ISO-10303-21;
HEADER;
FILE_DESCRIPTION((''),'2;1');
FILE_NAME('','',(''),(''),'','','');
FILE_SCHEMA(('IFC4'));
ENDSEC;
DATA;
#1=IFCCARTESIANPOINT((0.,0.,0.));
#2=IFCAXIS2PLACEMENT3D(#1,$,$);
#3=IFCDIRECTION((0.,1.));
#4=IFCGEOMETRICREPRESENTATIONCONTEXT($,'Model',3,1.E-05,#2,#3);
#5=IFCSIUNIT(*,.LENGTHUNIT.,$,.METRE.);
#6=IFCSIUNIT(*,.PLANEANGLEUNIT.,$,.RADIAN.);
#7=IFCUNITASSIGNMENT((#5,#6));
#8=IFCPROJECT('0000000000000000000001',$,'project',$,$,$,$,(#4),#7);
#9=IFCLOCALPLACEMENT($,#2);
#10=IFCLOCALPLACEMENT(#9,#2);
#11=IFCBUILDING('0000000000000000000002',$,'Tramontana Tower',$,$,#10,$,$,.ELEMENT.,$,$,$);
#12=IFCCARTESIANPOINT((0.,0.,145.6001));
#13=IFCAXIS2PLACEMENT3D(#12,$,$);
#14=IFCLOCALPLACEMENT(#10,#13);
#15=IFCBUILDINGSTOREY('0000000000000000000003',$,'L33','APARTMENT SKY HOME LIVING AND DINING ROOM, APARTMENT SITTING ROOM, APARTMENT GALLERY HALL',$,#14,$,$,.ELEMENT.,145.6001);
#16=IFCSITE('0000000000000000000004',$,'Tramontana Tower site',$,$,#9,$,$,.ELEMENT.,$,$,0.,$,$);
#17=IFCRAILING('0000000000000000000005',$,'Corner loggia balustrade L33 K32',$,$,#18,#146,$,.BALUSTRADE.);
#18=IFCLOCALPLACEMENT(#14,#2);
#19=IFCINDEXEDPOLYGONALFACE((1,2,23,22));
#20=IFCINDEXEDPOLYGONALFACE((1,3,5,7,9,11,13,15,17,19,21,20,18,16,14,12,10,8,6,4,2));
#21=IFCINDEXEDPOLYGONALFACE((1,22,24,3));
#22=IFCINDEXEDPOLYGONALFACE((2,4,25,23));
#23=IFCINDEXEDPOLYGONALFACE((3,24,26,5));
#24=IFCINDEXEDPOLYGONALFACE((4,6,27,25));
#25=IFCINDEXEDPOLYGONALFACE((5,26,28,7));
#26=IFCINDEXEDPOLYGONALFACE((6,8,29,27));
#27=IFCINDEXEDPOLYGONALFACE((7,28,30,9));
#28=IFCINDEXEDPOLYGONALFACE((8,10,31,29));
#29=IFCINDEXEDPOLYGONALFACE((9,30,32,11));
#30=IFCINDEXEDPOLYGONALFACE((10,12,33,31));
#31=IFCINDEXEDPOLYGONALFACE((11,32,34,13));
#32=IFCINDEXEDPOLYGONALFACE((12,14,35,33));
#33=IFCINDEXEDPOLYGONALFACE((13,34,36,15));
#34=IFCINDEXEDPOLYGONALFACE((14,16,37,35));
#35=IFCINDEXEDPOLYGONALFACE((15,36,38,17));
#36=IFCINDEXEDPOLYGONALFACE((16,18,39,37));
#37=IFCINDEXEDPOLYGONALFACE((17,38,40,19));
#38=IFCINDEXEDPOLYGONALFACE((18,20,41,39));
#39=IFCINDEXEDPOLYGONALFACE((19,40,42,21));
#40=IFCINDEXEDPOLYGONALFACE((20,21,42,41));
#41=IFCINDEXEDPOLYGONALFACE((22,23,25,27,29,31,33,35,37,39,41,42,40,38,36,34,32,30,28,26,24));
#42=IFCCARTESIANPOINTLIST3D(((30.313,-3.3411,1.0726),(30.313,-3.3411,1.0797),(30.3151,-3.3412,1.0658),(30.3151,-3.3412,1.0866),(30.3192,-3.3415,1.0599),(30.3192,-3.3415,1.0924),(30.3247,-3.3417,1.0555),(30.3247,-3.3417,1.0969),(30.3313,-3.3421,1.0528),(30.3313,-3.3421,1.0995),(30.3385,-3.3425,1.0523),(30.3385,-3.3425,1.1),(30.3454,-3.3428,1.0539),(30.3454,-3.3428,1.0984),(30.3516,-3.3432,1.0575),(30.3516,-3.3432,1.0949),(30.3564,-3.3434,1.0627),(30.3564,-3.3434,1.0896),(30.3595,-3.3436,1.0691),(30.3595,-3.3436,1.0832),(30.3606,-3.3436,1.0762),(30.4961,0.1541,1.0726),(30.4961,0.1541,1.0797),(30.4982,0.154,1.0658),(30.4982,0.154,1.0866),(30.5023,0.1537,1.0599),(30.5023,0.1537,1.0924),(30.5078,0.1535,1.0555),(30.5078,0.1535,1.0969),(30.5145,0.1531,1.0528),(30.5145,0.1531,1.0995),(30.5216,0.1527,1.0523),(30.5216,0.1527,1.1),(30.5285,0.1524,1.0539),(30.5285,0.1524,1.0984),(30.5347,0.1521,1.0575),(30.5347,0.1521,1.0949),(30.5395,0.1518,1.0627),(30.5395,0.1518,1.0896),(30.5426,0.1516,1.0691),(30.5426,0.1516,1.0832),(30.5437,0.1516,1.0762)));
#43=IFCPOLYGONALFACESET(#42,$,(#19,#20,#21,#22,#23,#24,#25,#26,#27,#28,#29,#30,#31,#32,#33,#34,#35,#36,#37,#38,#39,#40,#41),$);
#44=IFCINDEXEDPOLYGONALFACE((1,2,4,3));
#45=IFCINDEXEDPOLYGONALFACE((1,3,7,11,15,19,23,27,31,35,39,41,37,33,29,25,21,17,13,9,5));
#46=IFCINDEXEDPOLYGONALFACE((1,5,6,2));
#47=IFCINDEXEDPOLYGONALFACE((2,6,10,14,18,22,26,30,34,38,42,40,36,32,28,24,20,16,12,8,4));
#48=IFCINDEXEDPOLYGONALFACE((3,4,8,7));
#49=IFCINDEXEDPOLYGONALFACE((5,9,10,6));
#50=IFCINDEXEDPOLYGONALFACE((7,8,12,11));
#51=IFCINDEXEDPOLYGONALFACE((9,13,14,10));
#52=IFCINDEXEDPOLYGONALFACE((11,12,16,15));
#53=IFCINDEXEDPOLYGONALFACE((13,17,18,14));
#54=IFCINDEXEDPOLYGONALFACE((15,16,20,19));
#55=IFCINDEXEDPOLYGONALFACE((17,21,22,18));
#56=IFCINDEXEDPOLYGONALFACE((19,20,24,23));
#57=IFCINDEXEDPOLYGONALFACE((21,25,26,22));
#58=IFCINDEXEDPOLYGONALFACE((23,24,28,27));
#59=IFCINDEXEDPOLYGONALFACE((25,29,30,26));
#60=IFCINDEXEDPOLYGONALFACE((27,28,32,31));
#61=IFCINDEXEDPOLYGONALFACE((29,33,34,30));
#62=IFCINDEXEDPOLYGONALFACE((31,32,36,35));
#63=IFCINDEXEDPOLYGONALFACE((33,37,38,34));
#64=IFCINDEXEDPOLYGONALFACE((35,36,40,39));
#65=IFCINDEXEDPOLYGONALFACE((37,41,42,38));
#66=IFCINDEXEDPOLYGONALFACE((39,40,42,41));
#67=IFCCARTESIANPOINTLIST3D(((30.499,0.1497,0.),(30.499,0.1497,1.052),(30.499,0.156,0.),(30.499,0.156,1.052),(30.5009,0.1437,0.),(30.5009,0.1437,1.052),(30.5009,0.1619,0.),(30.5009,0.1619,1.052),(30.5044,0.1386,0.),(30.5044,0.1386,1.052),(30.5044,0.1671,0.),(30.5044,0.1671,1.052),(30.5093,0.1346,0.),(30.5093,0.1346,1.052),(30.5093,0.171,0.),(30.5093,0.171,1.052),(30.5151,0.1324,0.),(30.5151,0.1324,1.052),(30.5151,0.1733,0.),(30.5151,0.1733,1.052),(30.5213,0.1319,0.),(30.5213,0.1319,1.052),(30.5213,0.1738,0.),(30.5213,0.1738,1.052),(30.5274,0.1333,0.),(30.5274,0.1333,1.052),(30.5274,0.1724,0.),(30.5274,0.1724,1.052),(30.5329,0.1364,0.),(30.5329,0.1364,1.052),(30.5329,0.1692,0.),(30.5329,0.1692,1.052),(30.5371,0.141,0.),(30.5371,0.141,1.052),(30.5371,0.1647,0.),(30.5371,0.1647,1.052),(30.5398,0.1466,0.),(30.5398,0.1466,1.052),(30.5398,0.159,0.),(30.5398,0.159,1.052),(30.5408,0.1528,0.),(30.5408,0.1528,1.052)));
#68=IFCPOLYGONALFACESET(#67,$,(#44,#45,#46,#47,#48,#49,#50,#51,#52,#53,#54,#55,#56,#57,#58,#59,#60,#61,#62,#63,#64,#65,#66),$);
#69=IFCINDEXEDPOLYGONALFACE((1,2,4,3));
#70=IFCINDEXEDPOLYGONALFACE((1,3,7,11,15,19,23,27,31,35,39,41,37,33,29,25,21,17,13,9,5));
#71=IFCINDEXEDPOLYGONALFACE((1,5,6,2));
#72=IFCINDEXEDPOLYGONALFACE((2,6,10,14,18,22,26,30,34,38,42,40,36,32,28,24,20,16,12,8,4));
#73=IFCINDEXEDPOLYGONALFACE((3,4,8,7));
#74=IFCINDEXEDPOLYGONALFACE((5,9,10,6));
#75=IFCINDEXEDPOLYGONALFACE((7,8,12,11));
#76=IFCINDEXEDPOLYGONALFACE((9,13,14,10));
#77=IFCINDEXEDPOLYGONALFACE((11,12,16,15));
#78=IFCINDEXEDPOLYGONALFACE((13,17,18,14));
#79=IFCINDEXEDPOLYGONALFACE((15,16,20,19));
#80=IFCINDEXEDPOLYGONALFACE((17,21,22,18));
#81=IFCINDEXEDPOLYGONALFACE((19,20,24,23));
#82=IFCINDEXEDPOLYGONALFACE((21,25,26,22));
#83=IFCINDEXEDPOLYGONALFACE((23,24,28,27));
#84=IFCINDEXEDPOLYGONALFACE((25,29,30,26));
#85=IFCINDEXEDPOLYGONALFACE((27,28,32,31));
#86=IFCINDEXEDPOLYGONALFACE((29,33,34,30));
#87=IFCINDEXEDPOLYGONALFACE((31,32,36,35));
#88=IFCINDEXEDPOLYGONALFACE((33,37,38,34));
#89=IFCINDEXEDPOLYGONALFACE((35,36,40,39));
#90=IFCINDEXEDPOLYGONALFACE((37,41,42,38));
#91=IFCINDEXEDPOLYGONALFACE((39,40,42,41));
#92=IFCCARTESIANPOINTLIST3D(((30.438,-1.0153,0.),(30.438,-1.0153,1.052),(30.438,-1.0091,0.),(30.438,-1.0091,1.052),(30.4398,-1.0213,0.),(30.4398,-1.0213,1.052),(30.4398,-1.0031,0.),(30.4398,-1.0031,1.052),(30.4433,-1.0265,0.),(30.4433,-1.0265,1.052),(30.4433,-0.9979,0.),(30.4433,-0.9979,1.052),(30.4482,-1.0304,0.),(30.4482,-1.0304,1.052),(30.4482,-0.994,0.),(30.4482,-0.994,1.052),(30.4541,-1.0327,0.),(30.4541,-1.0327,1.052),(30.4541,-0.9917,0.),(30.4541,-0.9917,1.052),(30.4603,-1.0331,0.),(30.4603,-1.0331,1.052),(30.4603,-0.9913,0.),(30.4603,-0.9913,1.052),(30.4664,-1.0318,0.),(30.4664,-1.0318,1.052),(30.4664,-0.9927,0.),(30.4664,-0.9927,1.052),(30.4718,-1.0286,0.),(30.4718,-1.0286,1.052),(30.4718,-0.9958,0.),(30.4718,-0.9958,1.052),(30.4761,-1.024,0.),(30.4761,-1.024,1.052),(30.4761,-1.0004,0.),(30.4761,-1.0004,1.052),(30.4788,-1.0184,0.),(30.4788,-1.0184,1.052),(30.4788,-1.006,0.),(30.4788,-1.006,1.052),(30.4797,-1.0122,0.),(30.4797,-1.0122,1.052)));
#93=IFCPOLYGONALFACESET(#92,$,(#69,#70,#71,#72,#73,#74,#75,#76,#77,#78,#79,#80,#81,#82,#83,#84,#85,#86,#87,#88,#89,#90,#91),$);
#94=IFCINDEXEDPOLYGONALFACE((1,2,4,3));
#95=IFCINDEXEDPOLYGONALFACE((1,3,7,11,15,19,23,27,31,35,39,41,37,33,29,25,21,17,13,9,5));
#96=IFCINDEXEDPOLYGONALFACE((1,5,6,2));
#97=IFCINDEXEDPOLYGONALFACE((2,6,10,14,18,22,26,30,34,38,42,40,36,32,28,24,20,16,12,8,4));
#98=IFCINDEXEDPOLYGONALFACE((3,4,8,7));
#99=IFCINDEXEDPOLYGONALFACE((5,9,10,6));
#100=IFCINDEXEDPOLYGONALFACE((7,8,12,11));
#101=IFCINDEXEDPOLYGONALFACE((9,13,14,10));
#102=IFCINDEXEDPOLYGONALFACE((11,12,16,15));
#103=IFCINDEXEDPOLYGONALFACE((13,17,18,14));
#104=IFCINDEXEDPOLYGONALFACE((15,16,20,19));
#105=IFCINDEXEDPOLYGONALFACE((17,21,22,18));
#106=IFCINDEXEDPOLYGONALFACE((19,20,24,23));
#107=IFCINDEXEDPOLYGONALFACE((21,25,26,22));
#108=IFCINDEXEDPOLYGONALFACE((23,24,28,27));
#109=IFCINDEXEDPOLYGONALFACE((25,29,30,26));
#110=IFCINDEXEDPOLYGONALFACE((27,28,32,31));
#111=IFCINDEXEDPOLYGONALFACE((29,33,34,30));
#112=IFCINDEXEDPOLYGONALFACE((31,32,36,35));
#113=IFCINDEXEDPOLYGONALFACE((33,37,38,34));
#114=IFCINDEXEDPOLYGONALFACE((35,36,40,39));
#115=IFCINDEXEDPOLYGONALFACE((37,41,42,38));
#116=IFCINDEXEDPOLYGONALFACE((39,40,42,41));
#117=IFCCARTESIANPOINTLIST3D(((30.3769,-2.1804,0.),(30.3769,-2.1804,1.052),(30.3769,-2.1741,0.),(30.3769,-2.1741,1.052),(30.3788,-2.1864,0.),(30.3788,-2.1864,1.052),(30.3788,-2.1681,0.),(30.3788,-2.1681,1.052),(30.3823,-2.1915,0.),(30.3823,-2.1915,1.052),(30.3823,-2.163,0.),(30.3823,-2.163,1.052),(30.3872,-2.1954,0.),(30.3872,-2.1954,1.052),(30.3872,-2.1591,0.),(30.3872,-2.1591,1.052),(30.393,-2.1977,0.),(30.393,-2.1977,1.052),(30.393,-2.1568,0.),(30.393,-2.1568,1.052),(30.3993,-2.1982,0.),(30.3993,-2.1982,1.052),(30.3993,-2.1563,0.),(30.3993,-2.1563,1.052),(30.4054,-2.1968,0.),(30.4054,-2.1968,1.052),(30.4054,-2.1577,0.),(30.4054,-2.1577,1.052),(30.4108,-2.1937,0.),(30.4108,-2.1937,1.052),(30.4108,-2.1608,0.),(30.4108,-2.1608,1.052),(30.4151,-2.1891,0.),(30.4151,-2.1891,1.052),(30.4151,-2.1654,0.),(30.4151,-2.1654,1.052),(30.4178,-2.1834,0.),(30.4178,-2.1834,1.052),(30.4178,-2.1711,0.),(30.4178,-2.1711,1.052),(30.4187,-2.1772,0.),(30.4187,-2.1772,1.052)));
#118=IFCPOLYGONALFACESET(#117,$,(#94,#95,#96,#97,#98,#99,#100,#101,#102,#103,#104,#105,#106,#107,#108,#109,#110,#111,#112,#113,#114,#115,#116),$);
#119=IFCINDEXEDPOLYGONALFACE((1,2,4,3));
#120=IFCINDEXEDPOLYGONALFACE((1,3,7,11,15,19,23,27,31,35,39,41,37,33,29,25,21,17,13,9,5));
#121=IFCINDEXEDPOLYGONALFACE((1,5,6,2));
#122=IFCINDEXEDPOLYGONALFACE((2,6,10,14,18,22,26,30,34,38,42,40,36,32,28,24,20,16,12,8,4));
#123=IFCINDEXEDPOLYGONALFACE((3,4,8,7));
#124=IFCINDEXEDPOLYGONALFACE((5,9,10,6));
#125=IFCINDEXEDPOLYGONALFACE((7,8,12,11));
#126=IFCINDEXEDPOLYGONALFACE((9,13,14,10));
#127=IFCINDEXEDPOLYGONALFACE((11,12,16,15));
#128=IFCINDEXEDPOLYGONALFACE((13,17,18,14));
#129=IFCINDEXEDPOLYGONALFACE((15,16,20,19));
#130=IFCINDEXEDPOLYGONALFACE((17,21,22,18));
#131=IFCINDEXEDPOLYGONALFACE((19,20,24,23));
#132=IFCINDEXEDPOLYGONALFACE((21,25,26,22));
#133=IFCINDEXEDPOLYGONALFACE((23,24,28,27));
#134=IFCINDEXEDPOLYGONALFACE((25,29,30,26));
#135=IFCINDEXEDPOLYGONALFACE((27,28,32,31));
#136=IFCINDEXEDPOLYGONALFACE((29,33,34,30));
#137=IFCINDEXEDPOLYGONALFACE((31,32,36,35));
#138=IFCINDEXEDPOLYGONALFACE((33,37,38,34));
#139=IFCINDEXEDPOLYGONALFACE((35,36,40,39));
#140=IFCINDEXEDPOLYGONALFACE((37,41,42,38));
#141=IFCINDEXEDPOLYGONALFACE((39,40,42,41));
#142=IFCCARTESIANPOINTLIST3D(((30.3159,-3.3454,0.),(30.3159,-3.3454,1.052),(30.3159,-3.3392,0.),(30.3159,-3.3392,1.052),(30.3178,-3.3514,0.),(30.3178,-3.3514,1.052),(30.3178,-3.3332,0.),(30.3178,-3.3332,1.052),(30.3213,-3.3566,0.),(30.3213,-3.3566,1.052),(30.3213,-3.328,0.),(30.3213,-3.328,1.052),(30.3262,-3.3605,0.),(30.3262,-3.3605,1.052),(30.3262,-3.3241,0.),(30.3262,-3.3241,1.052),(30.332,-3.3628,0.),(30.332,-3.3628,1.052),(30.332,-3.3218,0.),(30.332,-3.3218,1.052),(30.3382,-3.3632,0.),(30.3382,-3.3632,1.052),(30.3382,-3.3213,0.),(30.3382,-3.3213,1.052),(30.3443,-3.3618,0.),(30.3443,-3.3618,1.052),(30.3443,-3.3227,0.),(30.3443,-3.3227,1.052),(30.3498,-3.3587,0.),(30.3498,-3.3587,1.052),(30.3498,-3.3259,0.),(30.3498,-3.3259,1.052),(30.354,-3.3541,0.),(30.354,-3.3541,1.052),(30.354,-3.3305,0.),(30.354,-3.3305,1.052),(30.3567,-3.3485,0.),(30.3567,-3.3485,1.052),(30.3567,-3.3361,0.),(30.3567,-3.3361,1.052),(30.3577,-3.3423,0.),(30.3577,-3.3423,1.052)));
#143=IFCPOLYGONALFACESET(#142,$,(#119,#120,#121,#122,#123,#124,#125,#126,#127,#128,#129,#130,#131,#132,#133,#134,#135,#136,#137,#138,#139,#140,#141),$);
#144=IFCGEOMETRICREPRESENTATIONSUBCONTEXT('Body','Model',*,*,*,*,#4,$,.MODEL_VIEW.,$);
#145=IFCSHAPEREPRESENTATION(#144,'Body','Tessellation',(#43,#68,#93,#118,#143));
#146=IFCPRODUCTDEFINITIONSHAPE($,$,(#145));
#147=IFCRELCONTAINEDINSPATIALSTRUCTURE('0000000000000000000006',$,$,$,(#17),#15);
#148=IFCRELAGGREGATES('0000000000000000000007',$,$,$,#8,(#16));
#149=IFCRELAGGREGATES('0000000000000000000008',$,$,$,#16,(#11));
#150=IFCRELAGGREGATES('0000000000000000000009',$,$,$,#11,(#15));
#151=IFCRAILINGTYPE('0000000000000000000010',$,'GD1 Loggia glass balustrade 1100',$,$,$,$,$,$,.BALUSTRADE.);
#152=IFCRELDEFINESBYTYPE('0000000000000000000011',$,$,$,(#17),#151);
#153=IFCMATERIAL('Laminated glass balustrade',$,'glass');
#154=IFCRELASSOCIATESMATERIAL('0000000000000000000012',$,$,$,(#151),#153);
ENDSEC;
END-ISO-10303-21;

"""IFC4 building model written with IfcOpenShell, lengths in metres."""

from ifc_helpers import new_model, si_unit, direction, frame, origin, origin_2d, place, context, subcontext, project, spatial, circle, extrude, material, type_object, element, save


model = new_model("IFC4")

# Units and contexts
model_context = context("Model", 3, precision=1e-05, world=origin(), true_north=direction((0.0, 1.0)))
body_context = subcontext(model_context, "Body", "Model", "MODEL_VIEW")
ifc_project = project(units=[si_unit("LENGTHUNIT", "METRE"), si_unit("PLANEANGLEUNIT", "RADIAN")], contexts=[model_context])

# Site, building, storey
site_placement = place(None, origin())
site = spatial("IfcSite", under=ifc_project, at=site_placement, Name="Tramontana Tower site", CompositionType="ELEMENT", RefElevation=0.0)
building_placement = place(site_placement, origin())
building = spatial("IfcBuilding", under=site, at=building_placement, Name="Tramontana Tower", CompositionType="ELEMENT")
storey_placement = place(building_placement, frame((0.0, 0.0, 145.6001)))
storey = spatial("IfcBuildingStorey", under=building, at=storey_placement, Name="L33", Description="APARTMENT SKY HOME LIVING AND DINING ROOM, APARTMENT SITTING ROOM, APARTMENT GALLERY HALL", CompositionType="ELEMENT", Elevation=145.6001)

# Railing
ifc_material_1 = material(Name="Laminated glass balustrade", Category="glass")
railing_type = type_object("IfcRailingType", Name="GD1 Loggia glass balustrade 1100", PredefinedType="BALUSTRADE", material=ifc_material_1)
railing_placement = place(storey_placement, frame((30.5198, 0.1528, 0.0)))
element("IfcRailing", 1, at=railing_placement, inside=storey, type_object=railing_type, Name="Corner loggia balustrade L33 K32", PredefinedType="BALUSTRADE", context=body_context, shape_type="SweptSolid", body=[
    extrude(circle(Radius=0.0239, at=origin_2d()), frame((0.0, 0.0, 1.0762), z_axis=(-0.052317, -0.998631, 0.0), x_axis=(0.998631, -0.052317, 0.0)), (0.0, 0.0, 1.0), 3.5),
    extrude(circle(Radius=0.021, at=origin_2d()), origin(), (0.0, 0.0, 1.0), 1.052),
    extrude(circle(Radius=0.021, at=origin_2d()), frame((-0.061, -1.165, 0.0)), (0.0, 0.0, 1.0), 1.052),
    extrude(circle(Radius=0.021, at=origin_2d()), frame((-0.1221, -2.3301, 0.0)), (0.0, 0.0, 1.0), 1.052),
    extrude(circle(Radius=0.021, at=origin_2d()), frame((-0.1831, -3.4951, 0.0)), (0.0, 0.0, 1.0), 1.052),
])

save(model, "model.ifc")
